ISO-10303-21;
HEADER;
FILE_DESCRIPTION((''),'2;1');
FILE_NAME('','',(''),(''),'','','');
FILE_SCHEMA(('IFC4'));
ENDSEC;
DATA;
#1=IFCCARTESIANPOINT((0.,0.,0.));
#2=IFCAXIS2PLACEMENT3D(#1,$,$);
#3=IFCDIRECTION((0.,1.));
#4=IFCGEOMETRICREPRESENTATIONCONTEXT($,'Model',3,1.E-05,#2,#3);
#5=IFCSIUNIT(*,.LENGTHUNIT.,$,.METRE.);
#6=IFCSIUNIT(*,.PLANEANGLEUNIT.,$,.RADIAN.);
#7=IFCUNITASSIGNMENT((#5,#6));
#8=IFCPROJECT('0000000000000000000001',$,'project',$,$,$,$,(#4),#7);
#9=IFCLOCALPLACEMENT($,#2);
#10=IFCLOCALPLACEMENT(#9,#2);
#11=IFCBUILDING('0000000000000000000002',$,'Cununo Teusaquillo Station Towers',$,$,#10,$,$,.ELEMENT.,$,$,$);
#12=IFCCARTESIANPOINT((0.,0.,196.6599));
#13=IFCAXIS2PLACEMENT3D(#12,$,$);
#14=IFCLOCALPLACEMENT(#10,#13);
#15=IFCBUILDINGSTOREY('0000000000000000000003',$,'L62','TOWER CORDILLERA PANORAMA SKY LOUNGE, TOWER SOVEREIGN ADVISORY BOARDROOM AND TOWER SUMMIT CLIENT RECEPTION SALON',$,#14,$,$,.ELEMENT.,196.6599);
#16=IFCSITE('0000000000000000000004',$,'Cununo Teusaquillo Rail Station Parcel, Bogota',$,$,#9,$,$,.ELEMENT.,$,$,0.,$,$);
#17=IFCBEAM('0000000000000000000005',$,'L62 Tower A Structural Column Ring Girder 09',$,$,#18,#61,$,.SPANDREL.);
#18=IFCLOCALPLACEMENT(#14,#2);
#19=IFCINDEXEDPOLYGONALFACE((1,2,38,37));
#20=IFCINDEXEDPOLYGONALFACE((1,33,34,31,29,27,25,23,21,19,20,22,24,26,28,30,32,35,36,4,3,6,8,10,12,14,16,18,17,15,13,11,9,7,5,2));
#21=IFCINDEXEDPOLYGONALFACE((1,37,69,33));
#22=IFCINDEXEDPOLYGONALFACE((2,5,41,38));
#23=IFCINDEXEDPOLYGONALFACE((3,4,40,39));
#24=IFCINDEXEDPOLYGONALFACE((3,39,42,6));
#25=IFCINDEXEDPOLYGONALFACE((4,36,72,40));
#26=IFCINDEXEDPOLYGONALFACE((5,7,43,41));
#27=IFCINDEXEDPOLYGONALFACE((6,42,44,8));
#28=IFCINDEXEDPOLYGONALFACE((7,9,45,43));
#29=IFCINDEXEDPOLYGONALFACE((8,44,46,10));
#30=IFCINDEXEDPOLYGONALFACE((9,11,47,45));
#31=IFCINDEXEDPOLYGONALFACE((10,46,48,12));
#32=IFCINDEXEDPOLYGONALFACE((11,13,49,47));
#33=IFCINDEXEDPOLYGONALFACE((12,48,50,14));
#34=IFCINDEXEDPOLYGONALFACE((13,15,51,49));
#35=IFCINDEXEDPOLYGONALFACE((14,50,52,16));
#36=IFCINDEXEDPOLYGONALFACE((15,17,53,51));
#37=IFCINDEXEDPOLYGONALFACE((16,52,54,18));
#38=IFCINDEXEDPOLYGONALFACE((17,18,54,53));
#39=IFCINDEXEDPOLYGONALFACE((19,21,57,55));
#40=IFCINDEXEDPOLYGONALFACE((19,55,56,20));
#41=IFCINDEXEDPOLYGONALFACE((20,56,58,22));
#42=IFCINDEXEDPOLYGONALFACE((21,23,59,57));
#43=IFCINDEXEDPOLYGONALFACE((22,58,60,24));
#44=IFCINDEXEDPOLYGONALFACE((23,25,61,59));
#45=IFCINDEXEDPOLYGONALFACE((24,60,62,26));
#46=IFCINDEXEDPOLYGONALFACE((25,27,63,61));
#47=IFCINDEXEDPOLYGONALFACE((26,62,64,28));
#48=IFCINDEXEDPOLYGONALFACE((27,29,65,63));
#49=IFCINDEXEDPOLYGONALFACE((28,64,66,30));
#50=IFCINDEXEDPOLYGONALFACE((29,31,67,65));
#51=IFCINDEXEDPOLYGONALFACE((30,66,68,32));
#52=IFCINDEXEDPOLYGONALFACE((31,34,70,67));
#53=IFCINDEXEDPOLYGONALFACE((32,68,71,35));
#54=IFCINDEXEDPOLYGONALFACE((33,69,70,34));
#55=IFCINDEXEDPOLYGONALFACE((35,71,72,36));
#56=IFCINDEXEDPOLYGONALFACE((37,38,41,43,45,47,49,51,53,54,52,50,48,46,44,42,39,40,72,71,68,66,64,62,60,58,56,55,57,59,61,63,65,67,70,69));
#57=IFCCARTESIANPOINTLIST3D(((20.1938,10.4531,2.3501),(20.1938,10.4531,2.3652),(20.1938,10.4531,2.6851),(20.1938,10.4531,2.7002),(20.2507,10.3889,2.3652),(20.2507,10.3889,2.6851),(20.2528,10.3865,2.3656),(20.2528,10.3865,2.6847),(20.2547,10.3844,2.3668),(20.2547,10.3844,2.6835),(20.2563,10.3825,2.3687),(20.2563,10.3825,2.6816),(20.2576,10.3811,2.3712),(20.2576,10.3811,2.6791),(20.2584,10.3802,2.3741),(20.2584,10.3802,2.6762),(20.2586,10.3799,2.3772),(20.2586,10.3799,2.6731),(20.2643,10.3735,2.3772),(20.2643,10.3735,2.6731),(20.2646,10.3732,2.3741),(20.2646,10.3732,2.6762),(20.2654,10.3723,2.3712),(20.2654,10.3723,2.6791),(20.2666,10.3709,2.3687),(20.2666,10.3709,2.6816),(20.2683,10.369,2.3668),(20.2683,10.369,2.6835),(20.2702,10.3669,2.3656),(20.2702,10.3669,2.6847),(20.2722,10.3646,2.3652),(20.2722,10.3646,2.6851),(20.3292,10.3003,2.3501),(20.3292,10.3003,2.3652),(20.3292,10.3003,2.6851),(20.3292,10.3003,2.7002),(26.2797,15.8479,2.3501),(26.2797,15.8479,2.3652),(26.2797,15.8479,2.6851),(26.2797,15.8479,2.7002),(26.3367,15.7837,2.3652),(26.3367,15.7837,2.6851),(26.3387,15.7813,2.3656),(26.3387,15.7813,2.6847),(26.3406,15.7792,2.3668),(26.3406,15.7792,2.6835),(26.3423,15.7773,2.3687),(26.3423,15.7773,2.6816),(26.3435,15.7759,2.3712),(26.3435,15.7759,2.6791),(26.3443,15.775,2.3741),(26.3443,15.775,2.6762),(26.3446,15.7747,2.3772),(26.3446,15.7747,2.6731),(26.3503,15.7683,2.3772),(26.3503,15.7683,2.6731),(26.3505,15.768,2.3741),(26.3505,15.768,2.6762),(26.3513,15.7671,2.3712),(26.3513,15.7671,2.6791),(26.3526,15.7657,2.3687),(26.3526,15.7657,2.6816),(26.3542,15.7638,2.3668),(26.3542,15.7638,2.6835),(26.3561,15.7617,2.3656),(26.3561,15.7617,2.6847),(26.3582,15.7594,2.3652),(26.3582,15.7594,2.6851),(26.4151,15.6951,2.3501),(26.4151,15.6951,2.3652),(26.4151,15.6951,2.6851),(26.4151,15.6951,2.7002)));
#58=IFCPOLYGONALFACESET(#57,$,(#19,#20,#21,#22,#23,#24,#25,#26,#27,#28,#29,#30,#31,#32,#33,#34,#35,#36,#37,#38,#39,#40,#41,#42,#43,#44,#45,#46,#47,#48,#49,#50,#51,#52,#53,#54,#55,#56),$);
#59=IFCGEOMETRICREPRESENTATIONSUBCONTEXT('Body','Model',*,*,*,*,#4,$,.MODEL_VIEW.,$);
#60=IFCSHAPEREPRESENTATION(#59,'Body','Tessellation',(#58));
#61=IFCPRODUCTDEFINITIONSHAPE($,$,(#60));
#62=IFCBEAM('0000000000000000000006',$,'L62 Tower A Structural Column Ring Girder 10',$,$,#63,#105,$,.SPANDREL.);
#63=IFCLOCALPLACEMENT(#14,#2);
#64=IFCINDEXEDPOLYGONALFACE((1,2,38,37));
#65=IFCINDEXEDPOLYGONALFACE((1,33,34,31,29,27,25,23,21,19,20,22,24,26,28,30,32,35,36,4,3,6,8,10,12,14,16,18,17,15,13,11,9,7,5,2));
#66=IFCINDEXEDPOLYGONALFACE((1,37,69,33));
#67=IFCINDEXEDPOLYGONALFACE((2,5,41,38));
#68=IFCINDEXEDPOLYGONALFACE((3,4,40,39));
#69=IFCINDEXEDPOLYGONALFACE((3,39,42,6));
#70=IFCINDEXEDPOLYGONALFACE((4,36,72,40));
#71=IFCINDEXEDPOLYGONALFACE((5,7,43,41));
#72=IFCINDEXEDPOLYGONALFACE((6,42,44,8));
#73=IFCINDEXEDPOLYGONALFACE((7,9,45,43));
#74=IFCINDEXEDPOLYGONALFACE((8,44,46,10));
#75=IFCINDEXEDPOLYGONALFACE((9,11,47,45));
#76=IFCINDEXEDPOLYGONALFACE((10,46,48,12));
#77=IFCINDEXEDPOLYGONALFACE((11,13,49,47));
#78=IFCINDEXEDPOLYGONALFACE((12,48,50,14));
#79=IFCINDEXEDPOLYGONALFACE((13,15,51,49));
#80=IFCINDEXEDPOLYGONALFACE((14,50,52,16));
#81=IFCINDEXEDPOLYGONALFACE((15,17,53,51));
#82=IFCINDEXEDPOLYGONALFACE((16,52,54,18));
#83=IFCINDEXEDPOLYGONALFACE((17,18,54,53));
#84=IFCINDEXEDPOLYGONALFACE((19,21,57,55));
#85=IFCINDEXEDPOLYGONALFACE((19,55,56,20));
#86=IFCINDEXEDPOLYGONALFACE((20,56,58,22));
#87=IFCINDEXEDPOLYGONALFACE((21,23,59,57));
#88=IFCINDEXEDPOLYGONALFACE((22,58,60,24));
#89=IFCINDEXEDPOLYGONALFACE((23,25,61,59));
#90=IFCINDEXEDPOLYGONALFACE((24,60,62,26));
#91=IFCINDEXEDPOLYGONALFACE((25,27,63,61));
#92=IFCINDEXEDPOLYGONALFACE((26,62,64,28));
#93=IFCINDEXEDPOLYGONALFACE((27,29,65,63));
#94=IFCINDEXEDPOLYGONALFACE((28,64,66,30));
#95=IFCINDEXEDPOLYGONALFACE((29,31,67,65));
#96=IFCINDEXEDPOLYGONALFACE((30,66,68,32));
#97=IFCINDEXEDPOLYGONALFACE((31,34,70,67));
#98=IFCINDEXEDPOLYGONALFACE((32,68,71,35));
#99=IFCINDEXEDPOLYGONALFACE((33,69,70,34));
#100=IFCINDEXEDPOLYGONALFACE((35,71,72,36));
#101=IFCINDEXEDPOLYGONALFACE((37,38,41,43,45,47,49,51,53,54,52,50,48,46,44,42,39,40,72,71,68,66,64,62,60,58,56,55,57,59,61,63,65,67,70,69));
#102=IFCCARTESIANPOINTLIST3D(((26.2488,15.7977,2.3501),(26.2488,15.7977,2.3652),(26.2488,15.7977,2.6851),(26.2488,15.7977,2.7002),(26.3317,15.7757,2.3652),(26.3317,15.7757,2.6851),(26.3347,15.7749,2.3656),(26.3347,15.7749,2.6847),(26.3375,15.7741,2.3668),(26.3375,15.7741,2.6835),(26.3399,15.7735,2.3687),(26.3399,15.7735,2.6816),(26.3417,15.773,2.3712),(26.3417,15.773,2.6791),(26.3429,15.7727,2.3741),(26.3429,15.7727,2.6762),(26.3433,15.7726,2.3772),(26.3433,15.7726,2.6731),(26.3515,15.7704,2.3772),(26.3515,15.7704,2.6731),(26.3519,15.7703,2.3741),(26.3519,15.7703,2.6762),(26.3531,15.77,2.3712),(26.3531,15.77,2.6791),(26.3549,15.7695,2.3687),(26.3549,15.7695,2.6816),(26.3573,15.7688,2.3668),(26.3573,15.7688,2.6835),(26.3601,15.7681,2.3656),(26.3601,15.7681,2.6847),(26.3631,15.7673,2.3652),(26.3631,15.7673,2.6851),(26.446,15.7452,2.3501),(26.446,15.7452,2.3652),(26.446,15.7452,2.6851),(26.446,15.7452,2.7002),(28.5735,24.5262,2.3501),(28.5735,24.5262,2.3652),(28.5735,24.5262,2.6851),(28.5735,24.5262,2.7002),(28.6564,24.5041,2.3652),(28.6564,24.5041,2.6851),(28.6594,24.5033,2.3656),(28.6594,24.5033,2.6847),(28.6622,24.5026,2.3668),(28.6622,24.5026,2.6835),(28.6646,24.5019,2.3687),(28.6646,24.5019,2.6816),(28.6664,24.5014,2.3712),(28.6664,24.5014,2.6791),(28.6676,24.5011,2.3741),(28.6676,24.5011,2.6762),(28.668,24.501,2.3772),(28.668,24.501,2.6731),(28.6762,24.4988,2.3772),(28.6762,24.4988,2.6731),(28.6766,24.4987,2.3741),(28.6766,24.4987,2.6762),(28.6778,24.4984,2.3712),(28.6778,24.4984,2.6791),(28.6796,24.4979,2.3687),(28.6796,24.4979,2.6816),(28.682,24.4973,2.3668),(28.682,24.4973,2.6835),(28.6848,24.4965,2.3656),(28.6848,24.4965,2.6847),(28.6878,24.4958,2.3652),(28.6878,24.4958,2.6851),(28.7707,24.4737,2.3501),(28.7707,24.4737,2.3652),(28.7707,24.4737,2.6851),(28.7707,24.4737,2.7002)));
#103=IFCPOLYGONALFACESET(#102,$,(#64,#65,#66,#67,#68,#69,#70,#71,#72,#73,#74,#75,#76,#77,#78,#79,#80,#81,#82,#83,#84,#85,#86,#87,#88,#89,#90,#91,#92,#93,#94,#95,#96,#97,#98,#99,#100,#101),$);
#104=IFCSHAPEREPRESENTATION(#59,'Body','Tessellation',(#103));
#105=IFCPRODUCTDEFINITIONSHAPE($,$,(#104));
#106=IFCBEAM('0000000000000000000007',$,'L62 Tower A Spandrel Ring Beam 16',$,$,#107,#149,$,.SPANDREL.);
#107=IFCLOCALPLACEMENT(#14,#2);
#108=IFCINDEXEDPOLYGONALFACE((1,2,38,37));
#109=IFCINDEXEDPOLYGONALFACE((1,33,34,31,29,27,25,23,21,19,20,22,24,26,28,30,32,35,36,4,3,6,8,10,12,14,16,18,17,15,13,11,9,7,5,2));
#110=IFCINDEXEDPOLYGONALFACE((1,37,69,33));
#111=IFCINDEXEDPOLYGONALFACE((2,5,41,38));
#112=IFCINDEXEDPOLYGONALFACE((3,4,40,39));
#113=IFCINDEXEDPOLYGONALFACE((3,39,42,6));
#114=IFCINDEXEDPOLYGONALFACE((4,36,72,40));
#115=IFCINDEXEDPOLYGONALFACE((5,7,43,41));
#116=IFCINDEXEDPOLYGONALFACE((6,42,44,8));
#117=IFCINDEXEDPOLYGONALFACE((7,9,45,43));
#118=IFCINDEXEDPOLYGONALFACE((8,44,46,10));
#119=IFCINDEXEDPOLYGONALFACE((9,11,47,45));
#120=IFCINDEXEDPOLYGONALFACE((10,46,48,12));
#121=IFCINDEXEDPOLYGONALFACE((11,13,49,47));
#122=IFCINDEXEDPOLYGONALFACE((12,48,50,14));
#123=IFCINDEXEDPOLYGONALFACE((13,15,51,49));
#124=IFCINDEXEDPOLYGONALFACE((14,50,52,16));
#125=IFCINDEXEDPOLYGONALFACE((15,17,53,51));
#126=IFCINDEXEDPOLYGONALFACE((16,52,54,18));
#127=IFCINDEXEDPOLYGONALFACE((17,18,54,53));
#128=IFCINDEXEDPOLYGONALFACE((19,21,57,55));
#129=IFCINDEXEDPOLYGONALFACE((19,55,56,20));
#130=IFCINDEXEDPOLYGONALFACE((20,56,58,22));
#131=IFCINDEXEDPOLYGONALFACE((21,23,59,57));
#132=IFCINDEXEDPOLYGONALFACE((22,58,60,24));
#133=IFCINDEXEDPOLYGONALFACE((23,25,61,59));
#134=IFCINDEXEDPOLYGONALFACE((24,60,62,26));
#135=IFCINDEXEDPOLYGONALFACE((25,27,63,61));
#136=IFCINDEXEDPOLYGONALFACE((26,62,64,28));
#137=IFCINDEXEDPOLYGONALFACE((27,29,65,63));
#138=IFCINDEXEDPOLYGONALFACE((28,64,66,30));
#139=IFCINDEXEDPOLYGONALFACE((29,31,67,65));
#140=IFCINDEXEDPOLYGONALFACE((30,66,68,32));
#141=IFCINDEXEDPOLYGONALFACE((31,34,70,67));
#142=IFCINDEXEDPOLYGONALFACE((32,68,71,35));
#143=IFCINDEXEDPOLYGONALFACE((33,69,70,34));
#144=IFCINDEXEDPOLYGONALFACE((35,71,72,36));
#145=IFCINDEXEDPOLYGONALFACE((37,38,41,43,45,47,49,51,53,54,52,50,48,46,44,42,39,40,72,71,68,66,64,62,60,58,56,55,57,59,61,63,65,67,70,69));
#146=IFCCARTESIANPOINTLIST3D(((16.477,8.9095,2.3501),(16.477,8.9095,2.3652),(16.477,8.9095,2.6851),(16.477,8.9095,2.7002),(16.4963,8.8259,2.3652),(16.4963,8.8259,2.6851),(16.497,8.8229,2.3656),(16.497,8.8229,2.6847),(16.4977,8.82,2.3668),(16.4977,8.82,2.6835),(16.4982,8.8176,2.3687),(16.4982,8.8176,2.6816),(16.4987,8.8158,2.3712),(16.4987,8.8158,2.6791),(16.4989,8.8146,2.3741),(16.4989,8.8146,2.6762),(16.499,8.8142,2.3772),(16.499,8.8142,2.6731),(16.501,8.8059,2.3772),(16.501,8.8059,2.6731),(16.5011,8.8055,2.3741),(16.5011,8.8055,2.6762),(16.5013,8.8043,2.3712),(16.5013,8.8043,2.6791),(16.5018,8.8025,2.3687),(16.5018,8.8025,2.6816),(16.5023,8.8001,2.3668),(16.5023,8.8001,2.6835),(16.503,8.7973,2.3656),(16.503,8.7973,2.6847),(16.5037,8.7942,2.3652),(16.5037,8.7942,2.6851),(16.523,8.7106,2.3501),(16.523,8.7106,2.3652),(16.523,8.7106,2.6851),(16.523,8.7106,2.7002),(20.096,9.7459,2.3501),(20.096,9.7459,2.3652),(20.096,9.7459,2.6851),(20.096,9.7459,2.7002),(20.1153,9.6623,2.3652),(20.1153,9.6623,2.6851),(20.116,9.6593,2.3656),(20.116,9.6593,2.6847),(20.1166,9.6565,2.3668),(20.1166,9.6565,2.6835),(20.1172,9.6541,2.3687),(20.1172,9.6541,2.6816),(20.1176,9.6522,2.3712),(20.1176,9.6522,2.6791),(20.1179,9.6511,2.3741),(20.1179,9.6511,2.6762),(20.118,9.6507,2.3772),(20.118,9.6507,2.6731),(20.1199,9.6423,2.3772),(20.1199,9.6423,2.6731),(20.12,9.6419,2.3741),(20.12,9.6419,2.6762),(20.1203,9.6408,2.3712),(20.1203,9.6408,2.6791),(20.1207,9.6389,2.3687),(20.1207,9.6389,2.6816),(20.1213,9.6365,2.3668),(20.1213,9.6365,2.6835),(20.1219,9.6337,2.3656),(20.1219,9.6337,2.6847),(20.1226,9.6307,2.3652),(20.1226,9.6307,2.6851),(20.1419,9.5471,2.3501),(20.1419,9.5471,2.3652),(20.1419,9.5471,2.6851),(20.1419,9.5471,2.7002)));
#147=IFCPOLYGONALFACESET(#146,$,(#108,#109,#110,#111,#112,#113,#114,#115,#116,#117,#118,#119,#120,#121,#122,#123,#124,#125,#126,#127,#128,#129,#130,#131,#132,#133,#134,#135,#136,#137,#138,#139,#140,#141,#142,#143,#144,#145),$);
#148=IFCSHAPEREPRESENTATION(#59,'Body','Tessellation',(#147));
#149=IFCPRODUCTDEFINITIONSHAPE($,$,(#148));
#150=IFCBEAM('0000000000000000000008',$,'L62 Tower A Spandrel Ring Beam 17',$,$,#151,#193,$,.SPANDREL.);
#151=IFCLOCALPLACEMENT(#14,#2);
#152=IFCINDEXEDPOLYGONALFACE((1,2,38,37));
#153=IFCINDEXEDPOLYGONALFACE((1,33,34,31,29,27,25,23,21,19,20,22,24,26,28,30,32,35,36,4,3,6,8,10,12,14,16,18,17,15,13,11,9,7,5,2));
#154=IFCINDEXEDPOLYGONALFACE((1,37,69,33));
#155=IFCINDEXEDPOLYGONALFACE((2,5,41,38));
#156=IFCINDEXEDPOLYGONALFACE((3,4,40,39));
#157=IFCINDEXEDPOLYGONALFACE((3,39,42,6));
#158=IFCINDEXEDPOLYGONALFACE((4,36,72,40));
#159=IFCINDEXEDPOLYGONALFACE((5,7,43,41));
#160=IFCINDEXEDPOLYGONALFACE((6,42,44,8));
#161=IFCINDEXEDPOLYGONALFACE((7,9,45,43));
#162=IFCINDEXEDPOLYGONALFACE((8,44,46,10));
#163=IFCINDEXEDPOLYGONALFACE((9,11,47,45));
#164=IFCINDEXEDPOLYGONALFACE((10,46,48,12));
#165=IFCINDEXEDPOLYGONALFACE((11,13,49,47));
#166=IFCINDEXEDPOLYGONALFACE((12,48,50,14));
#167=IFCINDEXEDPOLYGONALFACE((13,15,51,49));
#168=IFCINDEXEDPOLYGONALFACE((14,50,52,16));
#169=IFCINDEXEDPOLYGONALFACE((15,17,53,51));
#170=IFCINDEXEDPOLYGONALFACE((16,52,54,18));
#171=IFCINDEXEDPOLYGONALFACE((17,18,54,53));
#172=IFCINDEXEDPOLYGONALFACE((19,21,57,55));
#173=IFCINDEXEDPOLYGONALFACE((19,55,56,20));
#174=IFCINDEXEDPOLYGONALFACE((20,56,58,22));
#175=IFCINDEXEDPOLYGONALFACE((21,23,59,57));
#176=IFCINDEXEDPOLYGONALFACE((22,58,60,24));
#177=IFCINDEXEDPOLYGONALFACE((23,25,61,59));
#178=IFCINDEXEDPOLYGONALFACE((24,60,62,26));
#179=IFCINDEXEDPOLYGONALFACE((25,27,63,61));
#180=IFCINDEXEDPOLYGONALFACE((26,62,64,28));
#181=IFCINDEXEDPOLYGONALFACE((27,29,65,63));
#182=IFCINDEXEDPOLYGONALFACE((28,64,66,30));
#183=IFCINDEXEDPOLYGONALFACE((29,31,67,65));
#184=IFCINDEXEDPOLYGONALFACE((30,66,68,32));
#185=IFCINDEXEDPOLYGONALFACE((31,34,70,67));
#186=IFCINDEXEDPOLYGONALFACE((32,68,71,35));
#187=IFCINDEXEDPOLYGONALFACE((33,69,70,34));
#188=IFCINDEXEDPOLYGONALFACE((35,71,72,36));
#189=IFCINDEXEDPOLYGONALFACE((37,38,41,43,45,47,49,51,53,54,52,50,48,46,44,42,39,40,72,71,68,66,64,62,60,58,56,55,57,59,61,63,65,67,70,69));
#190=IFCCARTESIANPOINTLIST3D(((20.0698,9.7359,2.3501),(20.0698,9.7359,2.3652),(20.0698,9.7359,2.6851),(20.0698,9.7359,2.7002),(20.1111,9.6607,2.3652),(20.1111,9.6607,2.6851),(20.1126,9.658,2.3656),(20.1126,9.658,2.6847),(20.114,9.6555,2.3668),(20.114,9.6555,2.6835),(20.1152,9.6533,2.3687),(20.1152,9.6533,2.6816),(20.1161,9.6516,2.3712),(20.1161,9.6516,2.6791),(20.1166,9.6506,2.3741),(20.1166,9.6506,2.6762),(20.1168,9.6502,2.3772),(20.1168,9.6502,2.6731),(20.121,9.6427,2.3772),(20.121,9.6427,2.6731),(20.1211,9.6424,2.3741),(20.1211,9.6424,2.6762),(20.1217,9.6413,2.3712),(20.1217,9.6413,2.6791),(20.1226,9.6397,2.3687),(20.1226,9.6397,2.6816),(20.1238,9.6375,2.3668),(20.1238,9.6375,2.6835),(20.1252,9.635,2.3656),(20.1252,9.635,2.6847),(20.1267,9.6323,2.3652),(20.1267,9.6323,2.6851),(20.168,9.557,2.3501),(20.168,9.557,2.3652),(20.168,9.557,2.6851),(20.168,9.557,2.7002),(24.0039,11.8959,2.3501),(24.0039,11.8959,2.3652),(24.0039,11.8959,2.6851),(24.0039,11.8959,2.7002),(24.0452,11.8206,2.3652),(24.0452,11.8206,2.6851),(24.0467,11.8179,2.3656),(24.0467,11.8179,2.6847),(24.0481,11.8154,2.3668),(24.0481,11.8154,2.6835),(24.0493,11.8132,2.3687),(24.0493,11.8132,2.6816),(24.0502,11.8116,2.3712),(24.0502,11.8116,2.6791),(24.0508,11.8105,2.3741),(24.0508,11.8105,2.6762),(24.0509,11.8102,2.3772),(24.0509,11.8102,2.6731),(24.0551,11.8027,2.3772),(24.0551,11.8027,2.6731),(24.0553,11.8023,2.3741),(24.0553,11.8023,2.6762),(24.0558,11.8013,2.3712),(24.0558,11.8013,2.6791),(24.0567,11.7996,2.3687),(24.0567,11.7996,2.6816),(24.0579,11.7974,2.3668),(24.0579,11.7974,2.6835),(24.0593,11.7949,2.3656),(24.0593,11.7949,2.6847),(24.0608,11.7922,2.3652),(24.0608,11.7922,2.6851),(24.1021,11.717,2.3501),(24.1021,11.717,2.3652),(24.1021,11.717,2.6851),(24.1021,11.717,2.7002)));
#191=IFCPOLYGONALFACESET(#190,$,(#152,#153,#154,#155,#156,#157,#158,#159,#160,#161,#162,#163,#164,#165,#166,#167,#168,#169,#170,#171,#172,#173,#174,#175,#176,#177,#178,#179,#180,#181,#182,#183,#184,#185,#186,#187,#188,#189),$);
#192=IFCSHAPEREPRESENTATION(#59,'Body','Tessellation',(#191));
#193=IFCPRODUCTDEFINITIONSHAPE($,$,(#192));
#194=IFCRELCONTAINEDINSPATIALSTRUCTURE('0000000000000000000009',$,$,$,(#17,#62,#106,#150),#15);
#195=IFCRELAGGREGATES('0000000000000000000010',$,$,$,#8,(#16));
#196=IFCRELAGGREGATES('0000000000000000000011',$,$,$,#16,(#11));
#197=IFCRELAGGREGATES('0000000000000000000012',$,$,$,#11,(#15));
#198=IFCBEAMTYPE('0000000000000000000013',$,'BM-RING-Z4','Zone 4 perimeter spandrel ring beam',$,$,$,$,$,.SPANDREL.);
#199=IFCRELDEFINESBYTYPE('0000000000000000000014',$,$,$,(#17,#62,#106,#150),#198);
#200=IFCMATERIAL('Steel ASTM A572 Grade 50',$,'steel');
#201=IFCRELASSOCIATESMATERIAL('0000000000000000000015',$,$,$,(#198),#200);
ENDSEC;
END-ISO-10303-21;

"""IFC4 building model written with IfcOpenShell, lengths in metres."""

from ifc_helpers import new_model, si_unit, direction, frame, origin, origin_2d, place, context, subcontext, project, spatial, i_section, extrude, material, material_profile, profile_set, type_object, element, save


model = new_model("IFC4")

# Units and contexts
model_context = context("Model", 3, precision=1e-05, world=origin(), true_north=direction((0.0, 1.0)))
body_context = subcontext(model_context, "Body", "Model", "MODEL_VIEW")
ifc_project = project(units=[si_unit("LENGTHUNIT", "METRE"), si_unit("PLANEANGLEUNIT", "RADIAN")], contexts=[model_context])

# Site, building, storey
site_placement = place(None, origin())
site = spatial("IfcSite", under=ifc_project, at=site_placement, Name="Cununo Teusaquillo Rail Station Parcel, Bogota", CompositionType="ELEMENT", RefElevation=0.0)
building_placement = place(site_placement, origin())
building = spatial("IfcBuilding", under=site, at=building_placement, Name="Cununo Teusaquillo Station Towers", CompositionType="ELEMENT")
storey_placement = place(building_placement, frame((0.0, 0.0, 196.6599)))
storey = spatial("IfcBuildingStorey", under=building, at=storey_placement, Name="L62", Description="TOWER CORDILLERA PANORAMA SKY LOUNGE, TOWER SOVEREIGN ADVISORY BOARDROOM AND TOWER SUMMIT CLIENT RECEPTION SALON", CompositionType="ELEMENT", Elevation=196.6599)

# Beams
ifc_material_1 = material(Name="Steel ASTM A572 Grade 50", Category="steel")
ifc_material_profile_1 = material_profile(ifc_material_1, i_section(OverallWidth=0.2041, OverallDepth=0.3501, WebThickness=0.0085, FlangeThickness=0.0151, FilletRadius=0.012, at=origin_2d()), Name="W14X48")
ifc_profile_set_1 = profile_set([ifc_material_profile_1], Name="Steel ASTM A572 Grade 50")
beam_type_1 = type_object("IfcBeamType", Name="BM-RING-Z4", Description="Zone 4 perimeter spandrel ring beam", PredefinedType="SPANDREL", material=ifc_profile_set_1)
beam_1_placement = place(storey_placement, frame((20.2615, 10.3767, 2.5251), z_axis=(0.748321, 0.663337, 0.0), x_axis=(-0.663337, 0.748321, 0.0)))
element("IfcBeam", 1, at=beam_1_placement, inside=storey, type_object=beam_type_1, Name="L62 Tower A Structural Column Ring Girder 09", PredefinedType="SPANDREL", context=body_context, shape_type="SweptSolid", body=[
    extrude(i_section(OverallWidth=0.2041, OverallDepth=0.3501, WebThickness=0.0085, FlangeThickness=0.0151, FilletRadius=0.012, at=origin_2d()), origin(), (0.0, 0.0, 1.0), 8.1328),
])
beam_2_placement = place(storey_placement, frame((26.3474, 15.7715, 2.5251), z_axis=(0.257363, 0.966315, 0.0), x_axis=(-0.966315, 0.257363, 0.0)))
element("IfcBeam", 2, at=beam_2_placement, inside=storey, type_object=beam_type_1, Name="L62 Tower A Structural Column Ring Girder 10", PredefinedType="SPANDREL", context=body_context, shape_type="SweptSolid", body=[
    extrude(i_section(OverallWidth=0.2041, OverallDepth=0.3501, WebThickness=0.0085, FlangeThickness=0.0151, FilletRadius=0.012, at=origin_2d()), origin(), (0.0, 0.0, 1.0), 9.0327),
])
beam_3_placement = place(storey_placement, frame((16.5, 8.8101, 2.5251), z_axis=(0.974315, 0.225191, 0.0), x_axis=(-0.225191, 0.974315, 0.0)))
element("IfcBeam", 3, at=beam_3_placement, inside=storey, type_object=beam_type_1, Name="L62 Tower A Spandrel Ring Beam 16", PredefinedType="SPANDREL", context=body_context, shape_type="SweptSolid", body=[
    extrude(i_section(OverallWidth=0.2041, OverallDepth=0.3501, WebThickness=0.0085, FlangeThickness=0.0151, FilletRadius=0.012, at=origin_2d()), origin(), (0.0, 0.0, 1.0), 3.7144),
])
beam_4_placement = place(storey_placement, frame((20.1189, 9.6465, 2.5251), z_axis=(0.876576, 0.481263, 0.0), x_axis=(-0.481263, 0.876576, 0.0)))
element("IfcBeam", 4, at=beam_4_placement, inside=storey, type_object=beam_type_1, Name="L62 Tower A Spandrel Ring Beam 17", PredefinedType="SPANDREL", context=body_context, shape_type="SweptSolid", body=[
    extrude(i_section(OverallWidth=0.2041, OverallDepth=0.3501, WebThickness=0.0085, FlangeThickness=0.0151, FilletRadius=0.012, at=origin_2d()), origin(), (0.0, 0.0, 1.0), 4.488),
])

save(model, "model.ifc")
